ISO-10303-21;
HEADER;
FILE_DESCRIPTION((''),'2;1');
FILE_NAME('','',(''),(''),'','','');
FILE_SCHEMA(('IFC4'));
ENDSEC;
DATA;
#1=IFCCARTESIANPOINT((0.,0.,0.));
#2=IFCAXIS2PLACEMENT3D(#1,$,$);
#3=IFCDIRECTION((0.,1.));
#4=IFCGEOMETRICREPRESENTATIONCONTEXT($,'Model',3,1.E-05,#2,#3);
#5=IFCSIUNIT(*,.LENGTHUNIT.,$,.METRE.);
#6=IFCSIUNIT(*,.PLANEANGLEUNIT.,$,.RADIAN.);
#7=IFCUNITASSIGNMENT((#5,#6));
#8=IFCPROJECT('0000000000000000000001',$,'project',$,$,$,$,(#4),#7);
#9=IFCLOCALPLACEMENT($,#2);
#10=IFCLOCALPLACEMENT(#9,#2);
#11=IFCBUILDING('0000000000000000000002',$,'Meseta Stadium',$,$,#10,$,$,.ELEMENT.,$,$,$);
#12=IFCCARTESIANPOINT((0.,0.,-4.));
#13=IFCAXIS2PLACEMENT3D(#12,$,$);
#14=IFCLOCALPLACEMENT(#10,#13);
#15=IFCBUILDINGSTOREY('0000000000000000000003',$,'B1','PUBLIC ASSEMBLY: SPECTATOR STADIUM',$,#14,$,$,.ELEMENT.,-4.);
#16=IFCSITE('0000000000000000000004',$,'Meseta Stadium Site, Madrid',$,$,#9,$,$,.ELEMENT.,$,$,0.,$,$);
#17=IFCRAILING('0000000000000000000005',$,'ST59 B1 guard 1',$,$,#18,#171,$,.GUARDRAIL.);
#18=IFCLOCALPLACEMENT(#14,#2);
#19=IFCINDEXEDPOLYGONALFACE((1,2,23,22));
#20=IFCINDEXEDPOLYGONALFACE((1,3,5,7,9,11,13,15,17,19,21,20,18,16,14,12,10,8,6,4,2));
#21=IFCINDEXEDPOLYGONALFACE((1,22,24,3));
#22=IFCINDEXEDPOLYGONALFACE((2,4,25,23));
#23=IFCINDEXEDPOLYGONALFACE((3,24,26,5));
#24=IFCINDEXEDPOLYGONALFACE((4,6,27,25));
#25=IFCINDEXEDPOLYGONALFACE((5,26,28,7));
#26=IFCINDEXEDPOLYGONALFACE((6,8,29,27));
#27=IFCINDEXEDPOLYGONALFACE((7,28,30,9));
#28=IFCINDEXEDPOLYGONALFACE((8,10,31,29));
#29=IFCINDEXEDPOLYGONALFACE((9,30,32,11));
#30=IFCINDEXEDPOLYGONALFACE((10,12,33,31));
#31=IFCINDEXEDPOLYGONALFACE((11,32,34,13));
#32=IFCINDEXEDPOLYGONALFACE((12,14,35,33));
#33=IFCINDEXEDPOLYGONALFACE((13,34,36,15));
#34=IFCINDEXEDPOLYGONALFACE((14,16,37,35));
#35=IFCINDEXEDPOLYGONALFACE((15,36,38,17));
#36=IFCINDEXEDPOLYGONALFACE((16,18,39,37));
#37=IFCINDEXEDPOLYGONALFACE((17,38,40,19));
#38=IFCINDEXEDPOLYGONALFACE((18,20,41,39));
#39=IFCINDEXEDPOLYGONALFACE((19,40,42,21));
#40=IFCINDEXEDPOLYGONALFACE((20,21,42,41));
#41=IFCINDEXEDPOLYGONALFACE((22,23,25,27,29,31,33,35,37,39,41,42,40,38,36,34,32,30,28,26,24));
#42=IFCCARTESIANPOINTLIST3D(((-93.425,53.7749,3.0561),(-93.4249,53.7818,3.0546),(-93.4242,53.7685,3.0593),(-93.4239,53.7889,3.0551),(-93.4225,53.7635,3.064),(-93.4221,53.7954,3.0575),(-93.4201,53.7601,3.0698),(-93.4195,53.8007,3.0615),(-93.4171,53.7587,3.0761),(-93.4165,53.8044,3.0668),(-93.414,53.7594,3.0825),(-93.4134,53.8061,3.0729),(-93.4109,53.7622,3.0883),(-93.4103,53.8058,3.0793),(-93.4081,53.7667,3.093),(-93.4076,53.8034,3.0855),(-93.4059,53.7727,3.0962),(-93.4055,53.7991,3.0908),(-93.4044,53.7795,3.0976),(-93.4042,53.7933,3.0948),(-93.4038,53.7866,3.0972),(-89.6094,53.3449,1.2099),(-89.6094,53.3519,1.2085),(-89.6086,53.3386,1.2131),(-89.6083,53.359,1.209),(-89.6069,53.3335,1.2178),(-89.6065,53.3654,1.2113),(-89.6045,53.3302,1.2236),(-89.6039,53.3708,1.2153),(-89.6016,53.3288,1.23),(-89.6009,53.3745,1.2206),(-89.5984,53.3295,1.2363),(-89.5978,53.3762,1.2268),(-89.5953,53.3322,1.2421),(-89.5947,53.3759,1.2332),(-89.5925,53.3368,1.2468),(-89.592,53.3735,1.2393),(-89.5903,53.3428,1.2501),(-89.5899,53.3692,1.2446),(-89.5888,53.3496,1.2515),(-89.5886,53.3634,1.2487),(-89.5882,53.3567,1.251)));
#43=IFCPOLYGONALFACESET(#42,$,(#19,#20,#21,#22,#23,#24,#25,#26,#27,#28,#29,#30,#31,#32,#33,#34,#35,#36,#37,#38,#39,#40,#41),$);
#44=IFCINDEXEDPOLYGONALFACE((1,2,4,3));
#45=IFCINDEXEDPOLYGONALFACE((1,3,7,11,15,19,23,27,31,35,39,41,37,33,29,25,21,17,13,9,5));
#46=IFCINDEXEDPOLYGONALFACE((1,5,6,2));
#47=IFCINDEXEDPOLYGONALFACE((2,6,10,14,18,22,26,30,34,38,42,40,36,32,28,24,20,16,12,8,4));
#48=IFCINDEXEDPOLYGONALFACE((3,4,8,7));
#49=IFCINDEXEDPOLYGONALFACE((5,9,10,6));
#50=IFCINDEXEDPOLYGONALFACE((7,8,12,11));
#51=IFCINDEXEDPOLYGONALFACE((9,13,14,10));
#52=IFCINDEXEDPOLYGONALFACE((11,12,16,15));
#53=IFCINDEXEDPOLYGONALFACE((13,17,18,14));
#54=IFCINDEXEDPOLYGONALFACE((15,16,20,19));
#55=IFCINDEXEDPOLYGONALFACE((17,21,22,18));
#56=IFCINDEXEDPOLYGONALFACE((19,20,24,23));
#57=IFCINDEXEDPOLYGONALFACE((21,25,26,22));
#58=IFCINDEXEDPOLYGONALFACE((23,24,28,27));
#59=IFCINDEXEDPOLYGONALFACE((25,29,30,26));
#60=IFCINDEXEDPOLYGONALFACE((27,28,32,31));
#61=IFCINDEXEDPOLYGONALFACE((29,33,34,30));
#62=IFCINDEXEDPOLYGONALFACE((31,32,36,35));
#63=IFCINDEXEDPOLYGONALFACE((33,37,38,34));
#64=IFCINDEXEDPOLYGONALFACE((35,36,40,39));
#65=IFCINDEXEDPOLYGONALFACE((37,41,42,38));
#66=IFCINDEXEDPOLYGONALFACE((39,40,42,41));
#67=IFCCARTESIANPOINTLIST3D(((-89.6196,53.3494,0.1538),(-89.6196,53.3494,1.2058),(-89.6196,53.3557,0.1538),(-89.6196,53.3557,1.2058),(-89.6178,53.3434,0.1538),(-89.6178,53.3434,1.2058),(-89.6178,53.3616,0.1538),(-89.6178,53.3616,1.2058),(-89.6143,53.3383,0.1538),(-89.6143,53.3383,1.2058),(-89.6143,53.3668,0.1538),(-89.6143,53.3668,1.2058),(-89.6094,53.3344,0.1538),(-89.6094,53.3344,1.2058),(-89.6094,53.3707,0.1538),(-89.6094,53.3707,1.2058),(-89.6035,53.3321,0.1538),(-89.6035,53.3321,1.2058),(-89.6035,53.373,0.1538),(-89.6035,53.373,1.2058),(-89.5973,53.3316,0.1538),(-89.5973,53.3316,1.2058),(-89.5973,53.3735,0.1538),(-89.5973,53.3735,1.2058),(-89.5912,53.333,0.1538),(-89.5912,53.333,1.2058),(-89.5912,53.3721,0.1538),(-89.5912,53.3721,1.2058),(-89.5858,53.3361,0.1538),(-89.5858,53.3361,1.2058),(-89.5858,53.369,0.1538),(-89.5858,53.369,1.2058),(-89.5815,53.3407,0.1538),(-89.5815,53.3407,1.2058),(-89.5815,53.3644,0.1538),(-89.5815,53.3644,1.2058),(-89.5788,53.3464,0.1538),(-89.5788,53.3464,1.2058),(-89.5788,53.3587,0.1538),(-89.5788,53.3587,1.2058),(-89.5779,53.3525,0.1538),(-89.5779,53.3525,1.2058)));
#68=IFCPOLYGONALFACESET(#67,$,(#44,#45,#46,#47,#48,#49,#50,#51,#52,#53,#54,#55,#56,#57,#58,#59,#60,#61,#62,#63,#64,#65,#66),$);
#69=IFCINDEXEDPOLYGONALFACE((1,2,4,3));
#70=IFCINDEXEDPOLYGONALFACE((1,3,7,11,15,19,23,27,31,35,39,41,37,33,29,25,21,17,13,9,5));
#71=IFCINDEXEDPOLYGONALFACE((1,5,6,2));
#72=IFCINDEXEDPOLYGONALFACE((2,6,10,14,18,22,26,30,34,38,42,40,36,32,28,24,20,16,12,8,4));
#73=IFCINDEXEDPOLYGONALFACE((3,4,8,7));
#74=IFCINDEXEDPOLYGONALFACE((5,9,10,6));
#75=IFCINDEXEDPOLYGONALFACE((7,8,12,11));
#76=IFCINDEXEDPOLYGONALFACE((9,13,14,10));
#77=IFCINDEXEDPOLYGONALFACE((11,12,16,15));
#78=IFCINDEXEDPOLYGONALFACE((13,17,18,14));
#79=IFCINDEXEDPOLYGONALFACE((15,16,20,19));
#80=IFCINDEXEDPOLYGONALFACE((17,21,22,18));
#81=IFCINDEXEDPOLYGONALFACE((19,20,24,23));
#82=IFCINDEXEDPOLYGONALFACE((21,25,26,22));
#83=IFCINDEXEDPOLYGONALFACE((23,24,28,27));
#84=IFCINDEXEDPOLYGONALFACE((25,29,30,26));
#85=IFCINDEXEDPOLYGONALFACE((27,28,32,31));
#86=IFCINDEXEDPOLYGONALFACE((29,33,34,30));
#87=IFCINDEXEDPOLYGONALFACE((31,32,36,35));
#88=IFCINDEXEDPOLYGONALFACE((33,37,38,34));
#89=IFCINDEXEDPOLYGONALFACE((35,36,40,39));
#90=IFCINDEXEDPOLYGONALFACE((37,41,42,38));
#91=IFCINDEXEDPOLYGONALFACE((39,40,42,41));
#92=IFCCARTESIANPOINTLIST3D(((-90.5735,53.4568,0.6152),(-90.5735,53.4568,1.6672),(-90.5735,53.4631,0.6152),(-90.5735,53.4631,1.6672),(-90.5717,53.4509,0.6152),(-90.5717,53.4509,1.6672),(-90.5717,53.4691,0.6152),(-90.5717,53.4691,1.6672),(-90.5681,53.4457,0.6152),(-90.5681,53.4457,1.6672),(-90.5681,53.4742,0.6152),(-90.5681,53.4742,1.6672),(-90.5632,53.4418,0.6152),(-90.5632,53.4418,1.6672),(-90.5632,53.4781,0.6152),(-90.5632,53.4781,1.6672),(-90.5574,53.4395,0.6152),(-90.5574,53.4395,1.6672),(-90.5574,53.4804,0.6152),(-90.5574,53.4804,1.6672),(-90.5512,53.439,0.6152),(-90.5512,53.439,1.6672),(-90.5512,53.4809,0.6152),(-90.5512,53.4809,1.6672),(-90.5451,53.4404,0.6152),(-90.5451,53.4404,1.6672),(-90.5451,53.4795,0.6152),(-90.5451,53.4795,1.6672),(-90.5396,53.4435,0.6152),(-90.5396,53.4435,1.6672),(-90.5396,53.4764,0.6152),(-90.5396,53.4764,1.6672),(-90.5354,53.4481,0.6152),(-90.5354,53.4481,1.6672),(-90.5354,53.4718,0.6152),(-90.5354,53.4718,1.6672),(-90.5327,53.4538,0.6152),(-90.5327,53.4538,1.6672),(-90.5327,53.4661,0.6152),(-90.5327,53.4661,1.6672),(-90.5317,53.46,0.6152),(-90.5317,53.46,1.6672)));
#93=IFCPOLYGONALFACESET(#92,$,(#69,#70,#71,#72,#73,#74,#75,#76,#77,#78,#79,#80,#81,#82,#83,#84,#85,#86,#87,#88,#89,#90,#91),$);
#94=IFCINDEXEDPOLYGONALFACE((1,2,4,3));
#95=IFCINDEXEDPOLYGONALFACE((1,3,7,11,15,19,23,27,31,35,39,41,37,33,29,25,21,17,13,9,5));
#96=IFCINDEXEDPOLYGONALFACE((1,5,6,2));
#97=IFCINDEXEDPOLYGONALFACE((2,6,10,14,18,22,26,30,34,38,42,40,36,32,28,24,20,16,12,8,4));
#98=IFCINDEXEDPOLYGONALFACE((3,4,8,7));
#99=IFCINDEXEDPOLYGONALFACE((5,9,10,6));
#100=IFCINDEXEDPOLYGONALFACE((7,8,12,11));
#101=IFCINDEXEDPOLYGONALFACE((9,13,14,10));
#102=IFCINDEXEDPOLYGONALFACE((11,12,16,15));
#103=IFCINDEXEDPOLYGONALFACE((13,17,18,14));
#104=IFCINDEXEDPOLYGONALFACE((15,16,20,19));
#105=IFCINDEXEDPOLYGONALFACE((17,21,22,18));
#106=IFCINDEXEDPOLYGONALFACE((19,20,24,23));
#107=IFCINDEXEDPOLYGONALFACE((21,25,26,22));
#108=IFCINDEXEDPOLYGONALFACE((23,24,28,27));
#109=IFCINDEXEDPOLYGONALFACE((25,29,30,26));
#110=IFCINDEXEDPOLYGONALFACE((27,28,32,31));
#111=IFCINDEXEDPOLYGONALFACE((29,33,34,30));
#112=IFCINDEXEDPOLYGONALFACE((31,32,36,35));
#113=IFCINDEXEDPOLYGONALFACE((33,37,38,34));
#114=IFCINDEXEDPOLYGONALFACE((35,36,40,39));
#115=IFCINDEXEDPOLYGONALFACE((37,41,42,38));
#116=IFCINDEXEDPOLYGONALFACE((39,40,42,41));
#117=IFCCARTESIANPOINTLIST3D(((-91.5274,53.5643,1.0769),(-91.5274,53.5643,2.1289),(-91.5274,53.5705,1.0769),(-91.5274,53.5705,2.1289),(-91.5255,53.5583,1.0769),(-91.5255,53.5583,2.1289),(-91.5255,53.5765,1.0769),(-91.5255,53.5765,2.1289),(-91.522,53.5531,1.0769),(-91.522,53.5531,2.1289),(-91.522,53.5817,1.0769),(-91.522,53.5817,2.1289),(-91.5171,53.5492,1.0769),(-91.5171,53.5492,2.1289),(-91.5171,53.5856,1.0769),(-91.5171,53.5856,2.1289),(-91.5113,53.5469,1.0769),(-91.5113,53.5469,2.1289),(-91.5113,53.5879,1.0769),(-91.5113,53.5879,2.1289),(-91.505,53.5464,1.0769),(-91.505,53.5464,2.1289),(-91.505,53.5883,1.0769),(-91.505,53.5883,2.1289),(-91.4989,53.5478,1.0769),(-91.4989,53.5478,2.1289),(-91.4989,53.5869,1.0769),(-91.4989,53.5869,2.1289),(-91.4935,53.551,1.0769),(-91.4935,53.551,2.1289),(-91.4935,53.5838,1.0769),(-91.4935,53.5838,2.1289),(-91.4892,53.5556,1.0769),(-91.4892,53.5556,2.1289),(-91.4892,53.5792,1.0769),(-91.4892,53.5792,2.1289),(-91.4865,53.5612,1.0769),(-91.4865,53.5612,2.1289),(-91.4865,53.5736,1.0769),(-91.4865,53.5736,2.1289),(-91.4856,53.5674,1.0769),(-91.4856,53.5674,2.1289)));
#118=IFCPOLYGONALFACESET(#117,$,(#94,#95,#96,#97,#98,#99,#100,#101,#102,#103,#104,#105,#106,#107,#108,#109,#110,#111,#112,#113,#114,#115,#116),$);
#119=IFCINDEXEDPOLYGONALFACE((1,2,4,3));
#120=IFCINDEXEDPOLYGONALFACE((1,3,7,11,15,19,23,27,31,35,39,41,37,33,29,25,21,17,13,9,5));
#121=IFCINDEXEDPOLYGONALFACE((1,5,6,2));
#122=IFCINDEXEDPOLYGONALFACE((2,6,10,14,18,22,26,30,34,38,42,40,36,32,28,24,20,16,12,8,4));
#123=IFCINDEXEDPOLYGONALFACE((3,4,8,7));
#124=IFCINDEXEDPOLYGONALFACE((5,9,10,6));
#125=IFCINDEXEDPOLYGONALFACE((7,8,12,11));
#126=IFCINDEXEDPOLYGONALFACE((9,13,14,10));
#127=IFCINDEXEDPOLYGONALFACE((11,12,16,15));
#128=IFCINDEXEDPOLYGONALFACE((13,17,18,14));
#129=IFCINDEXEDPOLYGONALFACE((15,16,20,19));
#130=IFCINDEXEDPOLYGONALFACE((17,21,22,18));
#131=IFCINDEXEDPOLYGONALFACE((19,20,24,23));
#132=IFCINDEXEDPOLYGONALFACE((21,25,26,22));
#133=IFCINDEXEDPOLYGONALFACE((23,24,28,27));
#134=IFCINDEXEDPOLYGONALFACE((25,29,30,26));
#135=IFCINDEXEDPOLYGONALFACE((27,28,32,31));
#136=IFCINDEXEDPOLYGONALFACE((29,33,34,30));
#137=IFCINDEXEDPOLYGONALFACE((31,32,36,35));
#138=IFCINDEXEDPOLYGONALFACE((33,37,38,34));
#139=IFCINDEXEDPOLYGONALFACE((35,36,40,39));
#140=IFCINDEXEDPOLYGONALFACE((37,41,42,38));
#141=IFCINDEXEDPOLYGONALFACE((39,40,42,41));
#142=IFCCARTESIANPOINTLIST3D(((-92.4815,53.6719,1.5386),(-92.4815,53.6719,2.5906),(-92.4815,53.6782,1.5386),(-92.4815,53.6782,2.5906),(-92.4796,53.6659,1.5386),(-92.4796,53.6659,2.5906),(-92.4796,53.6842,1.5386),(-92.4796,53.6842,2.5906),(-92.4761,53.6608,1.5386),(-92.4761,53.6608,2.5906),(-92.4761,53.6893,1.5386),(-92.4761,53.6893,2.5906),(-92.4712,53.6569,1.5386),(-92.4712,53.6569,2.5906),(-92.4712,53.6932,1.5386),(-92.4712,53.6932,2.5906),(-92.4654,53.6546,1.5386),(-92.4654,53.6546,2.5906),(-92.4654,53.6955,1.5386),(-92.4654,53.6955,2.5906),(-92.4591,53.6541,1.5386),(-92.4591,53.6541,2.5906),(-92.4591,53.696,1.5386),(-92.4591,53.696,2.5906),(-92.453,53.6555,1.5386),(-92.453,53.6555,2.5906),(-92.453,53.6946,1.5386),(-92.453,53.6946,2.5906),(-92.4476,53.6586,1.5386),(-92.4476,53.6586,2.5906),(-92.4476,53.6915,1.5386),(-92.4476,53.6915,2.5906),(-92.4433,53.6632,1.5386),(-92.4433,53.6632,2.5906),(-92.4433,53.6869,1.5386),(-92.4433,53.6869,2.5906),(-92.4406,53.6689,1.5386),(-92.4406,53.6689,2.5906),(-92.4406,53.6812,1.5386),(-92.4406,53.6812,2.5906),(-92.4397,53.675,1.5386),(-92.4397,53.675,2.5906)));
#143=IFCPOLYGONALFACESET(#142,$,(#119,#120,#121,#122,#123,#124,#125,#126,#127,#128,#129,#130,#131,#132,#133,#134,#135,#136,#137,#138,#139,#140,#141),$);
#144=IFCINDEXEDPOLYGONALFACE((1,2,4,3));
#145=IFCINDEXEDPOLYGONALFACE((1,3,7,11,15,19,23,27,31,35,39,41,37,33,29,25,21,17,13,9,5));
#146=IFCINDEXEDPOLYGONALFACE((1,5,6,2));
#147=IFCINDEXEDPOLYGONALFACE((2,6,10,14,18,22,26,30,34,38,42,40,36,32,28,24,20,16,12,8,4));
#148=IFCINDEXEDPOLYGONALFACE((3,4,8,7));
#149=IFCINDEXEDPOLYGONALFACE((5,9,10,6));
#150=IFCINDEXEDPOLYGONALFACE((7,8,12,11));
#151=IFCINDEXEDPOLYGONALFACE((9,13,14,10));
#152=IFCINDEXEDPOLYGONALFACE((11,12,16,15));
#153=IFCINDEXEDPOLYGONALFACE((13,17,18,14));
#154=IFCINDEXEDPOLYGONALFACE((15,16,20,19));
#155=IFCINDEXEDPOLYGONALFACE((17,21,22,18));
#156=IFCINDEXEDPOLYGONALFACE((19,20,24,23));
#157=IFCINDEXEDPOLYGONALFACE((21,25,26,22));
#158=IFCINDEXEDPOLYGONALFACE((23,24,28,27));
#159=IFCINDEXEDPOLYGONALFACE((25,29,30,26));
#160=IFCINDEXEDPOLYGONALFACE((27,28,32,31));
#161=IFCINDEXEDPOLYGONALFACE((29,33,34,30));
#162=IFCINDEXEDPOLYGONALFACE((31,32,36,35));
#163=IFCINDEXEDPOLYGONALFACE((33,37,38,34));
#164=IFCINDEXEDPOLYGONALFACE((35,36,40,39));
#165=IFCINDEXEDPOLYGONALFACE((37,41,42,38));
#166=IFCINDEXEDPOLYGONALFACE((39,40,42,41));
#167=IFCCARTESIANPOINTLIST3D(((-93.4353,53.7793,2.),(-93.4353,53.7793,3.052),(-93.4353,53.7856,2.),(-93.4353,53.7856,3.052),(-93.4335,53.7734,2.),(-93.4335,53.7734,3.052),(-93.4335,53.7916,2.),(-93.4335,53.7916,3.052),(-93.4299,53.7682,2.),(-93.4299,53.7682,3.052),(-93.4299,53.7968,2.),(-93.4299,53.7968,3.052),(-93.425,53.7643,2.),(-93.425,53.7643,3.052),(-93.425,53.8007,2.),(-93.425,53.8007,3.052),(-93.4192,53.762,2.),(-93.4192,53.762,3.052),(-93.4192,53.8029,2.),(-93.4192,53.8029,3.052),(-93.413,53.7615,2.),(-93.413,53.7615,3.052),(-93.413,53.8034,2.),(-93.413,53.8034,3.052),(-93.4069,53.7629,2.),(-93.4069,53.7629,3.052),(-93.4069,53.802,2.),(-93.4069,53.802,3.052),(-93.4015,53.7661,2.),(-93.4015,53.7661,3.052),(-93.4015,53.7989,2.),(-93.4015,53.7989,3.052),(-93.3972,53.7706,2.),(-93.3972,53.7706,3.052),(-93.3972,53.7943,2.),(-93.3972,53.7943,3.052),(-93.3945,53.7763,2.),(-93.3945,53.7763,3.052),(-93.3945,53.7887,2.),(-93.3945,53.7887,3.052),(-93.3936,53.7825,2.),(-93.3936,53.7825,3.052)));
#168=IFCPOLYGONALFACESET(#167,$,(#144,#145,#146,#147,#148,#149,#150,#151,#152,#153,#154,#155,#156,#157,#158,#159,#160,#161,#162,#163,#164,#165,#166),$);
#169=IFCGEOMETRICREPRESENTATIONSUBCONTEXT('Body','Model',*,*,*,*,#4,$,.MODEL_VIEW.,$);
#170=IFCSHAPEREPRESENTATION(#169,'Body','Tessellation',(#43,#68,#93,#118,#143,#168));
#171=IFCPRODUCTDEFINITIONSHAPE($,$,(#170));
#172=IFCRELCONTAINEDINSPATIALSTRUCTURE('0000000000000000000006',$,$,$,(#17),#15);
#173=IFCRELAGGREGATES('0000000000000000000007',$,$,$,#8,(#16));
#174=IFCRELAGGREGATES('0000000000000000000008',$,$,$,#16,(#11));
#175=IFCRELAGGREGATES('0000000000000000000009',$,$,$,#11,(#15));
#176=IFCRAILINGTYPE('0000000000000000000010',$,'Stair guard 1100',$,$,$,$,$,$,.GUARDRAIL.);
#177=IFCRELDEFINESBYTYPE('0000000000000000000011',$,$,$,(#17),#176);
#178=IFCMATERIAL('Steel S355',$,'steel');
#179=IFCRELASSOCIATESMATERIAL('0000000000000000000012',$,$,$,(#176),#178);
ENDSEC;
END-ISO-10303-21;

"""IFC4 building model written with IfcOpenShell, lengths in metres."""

from ifc_helpers import new_model, si_unit, direction, frame, origin, origin_2d, place, context, subcontext, project, spatial, circle, extrude, material, type_object, element, save


model = new_model("IFC4")

# Units and contexts
model_context = context("Model", 3, precision=1e-05, world=origin(), true_north=direction((0.0, 1.0)))
body_context = subcontext(model_context, "Body", "Model", "MODEL_VIEW")
ifc_project = project(units=[si_unit("LENGTHUNIT", "METRE"), si_unit("PLANEANGLEUNIT", "RADIAN")], contexts=[model_context])

# Site, building, storey
site_placement = place(None, origin())
site = spatial("IfcSite", under=ifc_project, at=site_placement, Name="Meseta Stadium Site, Madrid", CompositionType="ELEMENT", RefElevation=0.0)
building_placement = place(site_placement, origin())
building = spatial("IfcBuilding", under=site, at=building_placement, Name="Meseta Stadium", CompositionType="ELEMENT")
storey_placement = place(building_placement, frame((0.0, 0.0, -4.0)))
storey = spatial("IfcBuildingStorey", under=building, at=storey_placement, Name="B1", Description="PUBLIC ASSEMBLY: SPECTATOR STADIUM", CompositionType="ELEMENT", Elevation=-4.0)

# Railing
ifc_material_1 = material(Name="Steel S355", Category="steel")
railing_type_1 = type_object("IfcRailingType", Name="Stair guard 1100", PredefinedType="GUARDRAIL", material=ifc_material_1)
railing_1_placement = place(storey_placement, frame((-89.5989, 53.3525, 0.1538)))
element("IfcRailing", 1, at=railing_1_placement, inside=storey, type_object=railing_type_1, Name="ST59 B1 guard 1", PredefinedType="GUARDRAIL", context=body_context, shape_type="SweptSolid", body=[
    extrude(circle(Radius=0.0239, at=origin_2d()), frame((0.0, 0.0, 1.0762), z_axis=(-0.895574, 0.100909, 0.433318), x_axis=(-0.111967, -0.993712, 0.0)), (0.0, 0.0, 1.0), 4.2605),
    extrude(circle(Radius=0.021, at=origin_2d()), origin(), (0.0, 0.0, 1.0), 1.052),
    extrude(circle(Radius=0.021, at=origin_2d()), frame((-0.9539, 0.1074, 0.4614)), (0.0, 0.0, 1.0), 1.052),
    extrude(circle(Radius=0.021, at=origin_2d()), frame((-1.9077, 0.2148, 0.9231)), (0.0, 0.0, 1.0), 1.052),
    extrude(circle(Radius=0.021, at=origin_2d()), frame((-2.8618, 0.3225, 1.3848)), (0.0, 0.0, 1.0), 1.052),
    extrude(circle(Radius=0.021, at=origin_2d()), frame((-3.8157, 0.4299, 1.8462)), (0.0, 0.0, 1.0), 1.052),
])

save(model, "model.ifc")
